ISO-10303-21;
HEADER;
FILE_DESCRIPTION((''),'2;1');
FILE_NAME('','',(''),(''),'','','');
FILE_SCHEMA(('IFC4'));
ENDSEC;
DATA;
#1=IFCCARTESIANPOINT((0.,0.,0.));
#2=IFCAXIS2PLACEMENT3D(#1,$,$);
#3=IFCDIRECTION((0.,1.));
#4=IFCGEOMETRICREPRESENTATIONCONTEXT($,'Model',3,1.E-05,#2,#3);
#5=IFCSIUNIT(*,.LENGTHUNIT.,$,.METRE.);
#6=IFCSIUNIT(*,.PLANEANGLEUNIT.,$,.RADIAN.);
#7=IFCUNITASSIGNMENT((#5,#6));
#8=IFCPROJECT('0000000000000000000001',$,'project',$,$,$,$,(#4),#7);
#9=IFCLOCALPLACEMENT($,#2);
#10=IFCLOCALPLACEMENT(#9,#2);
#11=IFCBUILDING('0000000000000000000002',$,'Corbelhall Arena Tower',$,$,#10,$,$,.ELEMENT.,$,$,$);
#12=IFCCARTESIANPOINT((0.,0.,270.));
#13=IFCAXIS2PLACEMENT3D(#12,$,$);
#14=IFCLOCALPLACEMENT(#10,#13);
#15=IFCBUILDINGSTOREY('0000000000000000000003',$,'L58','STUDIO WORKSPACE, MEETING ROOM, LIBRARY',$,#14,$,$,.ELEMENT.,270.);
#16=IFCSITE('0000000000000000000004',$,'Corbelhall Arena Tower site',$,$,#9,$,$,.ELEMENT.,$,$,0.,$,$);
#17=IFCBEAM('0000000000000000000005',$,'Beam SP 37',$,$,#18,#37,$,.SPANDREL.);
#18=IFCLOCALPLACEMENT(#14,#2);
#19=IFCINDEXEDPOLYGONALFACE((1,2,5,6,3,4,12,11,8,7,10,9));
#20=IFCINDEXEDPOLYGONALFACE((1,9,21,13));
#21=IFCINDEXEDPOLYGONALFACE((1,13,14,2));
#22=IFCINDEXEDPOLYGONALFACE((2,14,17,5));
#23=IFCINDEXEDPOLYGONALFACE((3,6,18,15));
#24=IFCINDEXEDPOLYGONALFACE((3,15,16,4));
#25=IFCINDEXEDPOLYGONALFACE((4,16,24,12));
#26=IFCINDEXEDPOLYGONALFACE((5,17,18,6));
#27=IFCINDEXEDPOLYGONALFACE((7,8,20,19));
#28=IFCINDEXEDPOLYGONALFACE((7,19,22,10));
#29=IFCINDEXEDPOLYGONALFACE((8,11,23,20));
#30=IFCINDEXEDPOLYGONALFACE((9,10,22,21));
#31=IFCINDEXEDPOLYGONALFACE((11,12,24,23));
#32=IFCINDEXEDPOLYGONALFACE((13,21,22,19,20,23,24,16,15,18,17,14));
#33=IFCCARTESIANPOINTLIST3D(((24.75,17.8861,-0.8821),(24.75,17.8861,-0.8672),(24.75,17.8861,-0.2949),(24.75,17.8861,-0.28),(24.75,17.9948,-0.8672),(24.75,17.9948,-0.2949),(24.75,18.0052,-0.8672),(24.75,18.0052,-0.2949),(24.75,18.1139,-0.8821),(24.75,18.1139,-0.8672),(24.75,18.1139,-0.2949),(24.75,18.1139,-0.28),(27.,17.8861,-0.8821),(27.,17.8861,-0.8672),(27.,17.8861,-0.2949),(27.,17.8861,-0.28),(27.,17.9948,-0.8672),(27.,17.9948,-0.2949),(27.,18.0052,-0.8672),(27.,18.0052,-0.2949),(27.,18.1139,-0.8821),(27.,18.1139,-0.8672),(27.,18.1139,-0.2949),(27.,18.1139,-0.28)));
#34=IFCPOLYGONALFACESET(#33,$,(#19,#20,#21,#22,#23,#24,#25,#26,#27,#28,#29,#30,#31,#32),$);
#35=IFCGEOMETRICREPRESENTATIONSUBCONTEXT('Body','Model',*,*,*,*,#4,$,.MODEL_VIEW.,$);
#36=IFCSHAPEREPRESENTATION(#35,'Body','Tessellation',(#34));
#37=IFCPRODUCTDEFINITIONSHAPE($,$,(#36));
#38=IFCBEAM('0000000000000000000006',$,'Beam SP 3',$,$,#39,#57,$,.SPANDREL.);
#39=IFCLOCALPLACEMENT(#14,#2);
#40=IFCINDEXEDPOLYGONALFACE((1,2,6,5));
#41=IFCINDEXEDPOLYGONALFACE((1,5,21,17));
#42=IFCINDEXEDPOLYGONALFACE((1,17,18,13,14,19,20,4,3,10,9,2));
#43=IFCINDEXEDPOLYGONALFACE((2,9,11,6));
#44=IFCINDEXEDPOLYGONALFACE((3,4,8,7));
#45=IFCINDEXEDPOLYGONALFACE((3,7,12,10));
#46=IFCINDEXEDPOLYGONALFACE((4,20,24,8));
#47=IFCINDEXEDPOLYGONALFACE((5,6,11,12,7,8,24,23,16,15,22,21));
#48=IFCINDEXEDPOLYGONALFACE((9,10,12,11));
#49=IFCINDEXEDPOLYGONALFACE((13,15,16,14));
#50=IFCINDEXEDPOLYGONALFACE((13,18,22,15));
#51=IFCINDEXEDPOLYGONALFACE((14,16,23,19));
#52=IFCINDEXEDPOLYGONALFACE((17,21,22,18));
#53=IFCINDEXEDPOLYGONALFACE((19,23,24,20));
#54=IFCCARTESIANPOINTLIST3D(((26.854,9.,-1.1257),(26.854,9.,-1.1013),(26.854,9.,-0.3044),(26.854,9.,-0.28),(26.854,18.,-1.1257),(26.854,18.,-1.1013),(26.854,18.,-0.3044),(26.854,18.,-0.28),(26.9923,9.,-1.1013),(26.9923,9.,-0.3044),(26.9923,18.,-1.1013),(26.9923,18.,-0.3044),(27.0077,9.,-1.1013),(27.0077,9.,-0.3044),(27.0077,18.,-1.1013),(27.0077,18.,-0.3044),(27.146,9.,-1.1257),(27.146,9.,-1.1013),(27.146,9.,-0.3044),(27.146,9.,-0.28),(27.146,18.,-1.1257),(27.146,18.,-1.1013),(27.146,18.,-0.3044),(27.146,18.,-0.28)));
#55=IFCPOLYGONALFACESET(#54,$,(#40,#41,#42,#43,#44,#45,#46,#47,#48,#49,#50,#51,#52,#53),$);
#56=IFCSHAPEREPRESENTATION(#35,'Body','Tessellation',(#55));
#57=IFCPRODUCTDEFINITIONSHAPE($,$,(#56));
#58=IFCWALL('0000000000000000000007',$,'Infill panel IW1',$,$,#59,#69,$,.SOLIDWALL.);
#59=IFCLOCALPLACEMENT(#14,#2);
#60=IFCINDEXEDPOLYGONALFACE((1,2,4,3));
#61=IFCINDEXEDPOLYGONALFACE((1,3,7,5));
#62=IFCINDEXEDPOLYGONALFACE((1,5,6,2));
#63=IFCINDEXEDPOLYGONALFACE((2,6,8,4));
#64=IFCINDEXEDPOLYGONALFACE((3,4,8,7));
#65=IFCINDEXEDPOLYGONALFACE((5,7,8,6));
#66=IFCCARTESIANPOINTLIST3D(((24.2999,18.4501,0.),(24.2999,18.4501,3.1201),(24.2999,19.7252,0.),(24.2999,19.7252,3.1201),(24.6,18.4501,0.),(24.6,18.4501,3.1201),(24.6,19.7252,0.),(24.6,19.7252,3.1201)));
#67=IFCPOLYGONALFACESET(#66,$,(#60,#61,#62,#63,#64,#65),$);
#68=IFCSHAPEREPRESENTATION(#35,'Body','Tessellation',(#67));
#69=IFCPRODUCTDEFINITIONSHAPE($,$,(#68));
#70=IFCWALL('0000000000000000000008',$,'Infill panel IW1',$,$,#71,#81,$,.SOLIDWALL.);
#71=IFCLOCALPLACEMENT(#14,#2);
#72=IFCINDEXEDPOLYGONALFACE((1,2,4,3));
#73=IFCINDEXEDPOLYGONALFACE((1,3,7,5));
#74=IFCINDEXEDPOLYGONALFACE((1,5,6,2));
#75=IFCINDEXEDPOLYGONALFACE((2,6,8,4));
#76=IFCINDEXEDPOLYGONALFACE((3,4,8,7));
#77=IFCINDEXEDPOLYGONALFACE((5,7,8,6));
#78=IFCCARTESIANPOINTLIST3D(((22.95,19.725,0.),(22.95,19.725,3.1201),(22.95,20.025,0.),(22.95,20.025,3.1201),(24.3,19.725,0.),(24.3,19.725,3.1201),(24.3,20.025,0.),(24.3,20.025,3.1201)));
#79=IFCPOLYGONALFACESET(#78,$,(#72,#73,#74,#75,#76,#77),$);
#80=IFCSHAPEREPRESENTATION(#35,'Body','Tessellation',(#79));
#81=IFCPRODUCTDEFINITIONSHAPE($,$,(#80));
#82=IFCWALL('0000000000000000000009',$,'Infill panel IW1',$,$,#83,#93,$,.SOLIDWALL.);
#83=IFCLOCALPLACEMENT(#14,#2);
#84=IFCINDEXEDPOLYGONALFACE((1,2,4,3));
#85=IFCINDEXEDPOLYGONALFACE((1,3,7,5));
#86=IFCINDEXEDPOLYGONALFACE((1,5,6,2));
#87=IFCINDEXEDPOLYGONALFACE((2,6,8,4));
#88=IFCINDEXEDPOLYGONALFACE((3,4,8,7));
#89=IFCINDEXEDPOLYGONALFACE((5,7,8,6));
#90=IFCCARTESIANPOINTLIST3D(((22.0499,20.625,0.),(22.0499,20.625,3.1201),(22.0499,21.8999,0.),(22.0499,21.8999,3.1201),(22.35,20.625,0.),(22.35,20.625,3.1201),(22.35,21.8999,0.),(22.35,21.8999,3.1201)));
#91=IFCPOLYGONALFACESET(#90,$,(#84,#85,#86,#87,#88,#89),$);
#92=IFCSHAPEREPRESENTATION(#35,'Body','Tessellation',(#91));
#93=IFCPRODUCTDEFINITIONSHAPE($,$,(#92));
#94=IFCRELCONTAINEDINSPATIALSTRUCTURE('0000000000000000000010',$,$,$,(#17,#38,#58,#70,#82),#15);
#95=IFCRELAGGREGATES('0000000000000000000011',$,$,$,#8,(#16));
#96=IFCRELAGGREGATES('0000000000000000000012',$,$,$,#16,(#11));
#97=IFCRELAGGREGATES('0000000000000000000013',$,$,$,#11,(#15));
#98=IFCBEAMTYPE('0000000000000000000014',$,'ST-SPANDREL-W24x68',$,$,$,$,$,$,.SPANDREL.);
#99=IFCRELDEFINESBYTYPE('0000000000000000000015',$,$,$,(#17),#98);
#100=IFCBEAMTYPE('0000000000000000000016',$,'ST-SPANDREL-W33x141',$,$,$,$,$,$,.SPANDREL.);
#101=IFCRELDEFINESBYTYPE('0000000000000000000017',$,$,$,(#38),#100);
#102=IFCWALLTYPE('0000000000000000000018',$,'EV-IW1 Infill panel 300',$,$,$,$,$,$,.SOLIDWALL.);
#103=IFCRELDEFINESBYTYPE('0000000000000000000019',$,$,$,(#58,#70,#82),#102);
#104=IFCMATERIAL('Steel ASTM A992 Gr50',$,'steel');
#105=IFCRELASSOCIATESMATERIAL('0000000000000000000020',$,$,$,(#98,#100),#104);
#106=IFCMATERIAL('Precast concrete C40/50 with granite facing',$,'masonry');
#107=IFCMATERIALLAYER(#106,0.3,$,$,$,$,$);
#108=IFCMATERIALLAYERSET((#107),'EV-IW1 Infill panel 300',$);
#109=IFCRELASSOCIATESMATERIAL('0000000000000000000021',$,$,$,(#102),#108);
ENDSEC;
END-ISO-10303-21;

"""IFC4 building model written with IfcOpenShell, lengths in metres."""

from ifc_helpers import new_model, si_unit, direction, frame, frame_2d, origin, origin_2d, place, context, subcontext, project, spatial, rectangle, i_section, extrude, material, layer, layer_set, material_profile, profile_set, type_object, element, save


model = new_model("IFC4")

# Units and contexts
model_context = context("Model", 3, precision=1e-05, world=origin(), true_north=direction((0.0, 1.0)))
body_context = subcontext(model_context, "Body", "Model", "MODEL_VIEW")
ifc_project = project(units=[si_unit("LENGTHUNIT", "METRE"), si_unit("PLANEANGLEUNIT", "RADIAN")], contexts=[model_context])

# Site, building, storey
site_placement = place(None, origin())
site = spatial("IfcSite", under=ifc_project, at=site_placement, Name="Corbelhall Arena Tower site", CompositionType="ELEMENT", RefElevation=0.0)
building_placement = place(site_placement, origin())
building = spatial("IfcBuilding", under=site, at=building_placement, Name="Corbelhall Arena Tower", CompositionType="ELEMENT")
storey_placement = place(building_placement, frame((0.0, 0.0, 270.0)))
storey = spatial("IfcBuildingStorey", under=building, at=storey_placement, Name="L58", Description="STUDIO WORKSPACE, MEETING ROOM, LIBRARY", CompositionType="ELEMENT", Elevation=270.0)

# Beams
ifc_material_1 = material(Name="Steel ASTM A992 Gr50", Category="steel")
ifc_material_profile_1 = material_profile(ifc_material_1, i_section(OverallWidth=0.2278, OverallDepth=0.6021, WebThickness=0.0105, FlangeThickness=0.0149, at=origin_2d()))
ifc_profile_set_1 = profile_set([ifc_material_profile_1], Name="Steel ASTM A992 Gr50")
beam_type_1 = type_object("IfcBeamType", Name="ST-SPANDREL-W24x68", PredefinedType="SPANDREL", material=ifc_profile_set_1)
beam_1_placement = place(storey_placement, frame((24.75, 18.0, -0.5811), z_axis=(1.0, 0.0, 0.0), x_axis=(0.0, 1.0, 0.0)))
element("IfcBeam", 1, at=beam_1_placement, inside=storey, type_object=beam_type_1, Name="Beam SP 37", PredefinedType="SPANDREL", context=body_context, shape_type="SweptSolid", body=[
    extrude(i_section(OverallWidth=0.2278, OverallDepth=0.6021, WebThickness=0.0105, FlangeThickness=0.0149, at=origin_2d()), origin(), (0.0, 0.0, 1.0), 2.25),
])
ifc_material_profile_2 = material_profile(ifc_material_1, i_section(OverallWidth=0.292, OverallDepth=0.8457, WebThickness=0.0154, FlangeThickness=0.0244, at=origin_2d()))
ifc_profile_set_2 = profile_set([ifc_material_profile_2], Name="Steel ASTM A992 Gr50")
beam_type_2 = type_object("IfcBeamType", Name="ST-SPANDREL-W33x141", PredefinedType="SPANDREL", material=ifc_profile_set_2)
beam_2_placement = place(storey_placement, frame((27.0, 18.0, -0.7029), z_axis=(0.0, -1.0, 0.0), x_axis=(1.0, 0.0, 0.0)))
element("IfcBeam", 2, at=beam_2_placement, inside=storey, type_object=beam_type_2, Name="Beam SP 3", PredefinedType="SPANDREL", context=body_context, shape_type="SweptSolid", body=[
    extrude(i_section(OverallWidth=0.292, OverallDepth=0.8457, WebThickness=0.0154, FlangeThickness=0.0244, at=origin_2d()), origin(), (0.0, 0.0, 1.0), 9.0),
])

# Walls
ifc_material_2 = material(Name="Precast concrete C40/50 with granite facing", Category="masonry")
ifc_layer_1 = layer(ifc_material_2, 0.3)
ifc_layer_set_1 = layer_set([ifc_layer_1], Name="EV-IW1 Infill panel 300")
wall_type_1 = type_object("IfcWallType", Name="EV-IW1 Infill panel 300", PredefinedType="SOLIDWALL", material=ifc_layer_set_1)
wall_1_placement = place(storey_placement, frame((24.45, 18.45, 0.0), z_axis=(0.0, 0.0, 1.0), x_axis=(0.0, 1.0, 0.0)))
element("IfcWall", 3, at=wall_1_placement, inside=storey, type_object=wall_type_1, Name="Infill panel IW1", PredefinedType="SOLIDWALL", context=body_context, shape_type="SweptSolid", body=[
    extrude(rectangle(XDim=1.2751, YDim=0.3, at=frame_2d((0.6377, 0.0))), origin(), (0.0, 0.0, 1.0), 3.1201),
])
wall_2_placement = place(storey_placement, frame((24.3, 19.875, 0.0), z_axis=(0.0, 0.0, 1.0), x_axis=(-1.0, 0.0, 0.0)))
element("IfcWall", 4, at=wall_2_placement, inside=storey, type_object=wall_type_1, Name="Infill panel IW1", PredefinedType="SOLIDWALL", context=body_context, shape_type="SweptSolid", body=[
    extrude(rectangle(XDim=1.3501, YDim=0.3, at=frame_2d((0.675, 0.0))), origin(), (0.0, 0.0, 1.0), 3.1201),
])
wall_3_placement = place(storey_placement, frame((22.2, 20.625, 0.0), z_axis=(0.0, 0.0, 1.0), x_axis=(0.0, 1.0, 0.0)))
element("IfcWall", 5, at=wall_3_placement, inside=storey, type_object=wall_type_1, Name="Infill panel IW1", PredefinedType="SOLIDWALL", context=body_context, shape_type="SweptSolid", body=[
    extrude(rectangle(XDim=1.2749, YDim=0.3, at=frame_2d((0.6375, 0.0))), origin(), (0.0, 0.0, 1.0), 3.1201),
])

save(model, "model.ifc")
